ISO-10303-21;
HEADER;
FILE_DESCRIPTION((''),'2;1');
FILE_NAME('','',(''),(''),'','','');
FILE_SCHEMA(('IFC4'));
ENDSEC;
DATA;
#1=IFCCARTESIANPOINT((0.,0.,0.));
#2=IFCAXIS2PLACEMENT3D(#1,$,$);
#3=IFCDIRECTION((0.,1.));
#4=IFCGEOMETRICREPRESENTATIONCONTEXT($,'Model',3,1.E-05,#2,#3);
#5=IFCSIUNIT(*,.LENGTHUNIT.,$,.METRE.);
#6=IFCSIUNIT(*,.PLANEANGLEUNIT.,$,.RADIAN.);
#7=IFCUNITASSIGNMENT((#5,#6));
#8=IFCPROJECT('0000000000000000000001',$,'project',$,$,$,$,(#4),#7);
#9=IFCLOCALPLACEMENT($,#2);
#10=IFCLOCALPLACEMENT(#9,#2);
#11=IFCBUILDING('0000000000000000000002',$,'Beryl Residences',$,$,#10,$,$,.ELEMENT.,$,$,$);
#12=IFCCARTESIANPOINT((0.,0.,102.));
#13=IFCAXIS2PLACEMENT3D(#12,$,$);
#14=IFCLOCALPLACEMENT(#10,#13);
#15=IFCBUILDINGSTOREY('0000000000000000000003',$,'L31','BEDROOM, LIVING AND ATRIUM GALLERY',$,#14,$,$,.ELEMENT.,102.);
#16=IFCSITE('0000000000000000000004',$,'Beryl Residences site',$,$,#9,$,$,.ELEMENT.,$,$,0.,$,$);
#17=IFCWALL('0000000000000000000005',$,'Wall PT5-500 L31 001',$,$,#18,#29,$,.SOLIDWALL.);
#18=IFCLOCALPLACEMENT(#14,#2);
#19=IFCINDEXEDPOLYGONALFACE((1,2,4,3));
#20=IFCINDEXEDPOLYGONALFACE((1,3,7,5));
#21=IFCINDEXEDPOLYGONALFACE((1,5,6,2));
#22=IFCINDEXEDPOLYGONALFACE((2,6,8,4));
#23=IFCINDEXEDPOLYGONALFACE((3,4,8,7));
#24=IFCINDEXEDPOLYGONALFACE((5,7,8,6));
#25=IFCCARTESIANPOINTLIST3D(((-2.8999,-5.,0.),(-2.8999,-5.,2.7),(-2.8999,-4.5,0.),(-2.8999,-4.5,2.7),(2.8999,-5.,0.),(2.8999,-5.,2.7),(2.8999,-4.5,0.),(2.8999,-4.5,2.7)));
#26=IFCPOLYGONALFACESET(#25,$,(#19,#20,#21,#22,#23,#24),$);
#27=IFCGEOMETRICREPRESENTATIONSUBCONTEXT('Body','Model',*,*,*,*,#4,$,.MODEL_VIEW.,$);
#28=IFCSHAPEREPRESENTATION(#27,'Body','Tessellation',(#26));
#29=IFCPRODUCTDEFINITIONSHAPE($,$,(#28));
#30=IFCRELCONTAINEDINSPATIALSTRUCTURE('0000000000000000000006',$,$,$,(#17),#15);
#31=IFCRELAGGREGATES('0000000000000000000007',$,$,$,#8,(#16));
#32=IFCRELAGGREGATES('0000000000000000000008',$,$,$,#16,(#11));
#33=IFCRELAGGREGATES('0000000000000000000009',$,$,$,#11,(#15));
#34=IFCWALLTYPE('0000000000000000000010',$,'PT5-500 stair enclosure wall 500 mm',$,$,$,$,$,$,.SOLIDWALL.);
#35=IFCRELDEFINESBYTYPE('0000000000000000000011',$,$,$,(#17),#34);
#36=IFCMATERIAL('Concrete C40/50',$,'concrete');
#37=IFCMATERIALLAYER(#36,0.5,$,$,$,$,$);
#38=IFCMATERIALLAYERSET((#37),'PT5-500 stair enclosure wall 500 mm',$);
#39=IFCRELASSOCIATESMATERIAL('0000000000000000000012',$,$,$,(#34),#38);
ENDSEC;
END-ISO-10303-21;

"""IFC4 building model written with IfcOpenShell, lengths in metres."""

from ifc_helpers import new_model, si_unit, direction, frame, frame_2d, origin, place, context, subcontext, project, spatial, rectangle, extrude, material, layer, layer_set, type_object, element, save


model = new_model("IFC4")

# Units and contexts
model_context = context("Model", 3, precision=1e-05, world=origin(), true_north=direction((0.0, 1.0)))
body_context = subcontext(model_context, "Body", "Model", "MODEL_VIEW")
ifc_project = project(units=[si_unit("LENGTHUNIT", "METRE"), si_unit("PLANEANGLEUNIT", "RADIAN")], contexts=[model_context])

# Site, building, storey
site_placement = place(None, origin())
site = spatial("IfcSite", under=ifc_project, at=site_placement, Name="Beryl Residences site", CompositionType="ELEMENT", RefElevation=0.0)
building_placement = place(site_placement, origin())
building = spatial("IfcBuilding", under=site, at=building_placement, Name="Beryl Residences", CompositionType="ELEMENT")
storey_placement = place(building_placement, frame((0.0, 0.0, 102.0)))
storey = spatial("IfcBuildingStorey", under=building, at=storey_placement, Name="L31", Description="BEDROOM, LIVING AND ATRIUM GALLERY", CompositionType="ELEMENT", Elevation=102.0)

# Wall
ifc_material_1 = material(Name="Concrete C40/50", Category="concrete")
ifc_layer_1 = layer(ifc_material_1, 0.5)
ifc_layer_set_1 = layer_set([ifc_layer_1], Name="PT5-500 stair enclosure wall 500 mm")
wall_type_1 = type_object("IfcWallType", Name="PT5-500 stair enclosure wall 500 mm", PredefinedType="SOLIDWALL", material=ifc_layer_set_1)
wall_1_placement = place(storey_placement, frame((-2.8999, -4.75, 0.0), z_axis=(0.0, 0.0, 1.0), x_axis=(1.0, 0.0, 0.0)))
element("IfcWall", 1, at=wall_1_placement, inside=storey, type_object=wall_type_1, Name="Wall PT5-500 L31 001", PredefinedType="SOLIDWALL", context=body_context, shape_type="SweptSolid", body=[
    extrude(rectangle(XDim=5.7998, YDim=0.5, at=frame_2d((2.8999, 0.0))), origin(), (0.0, 0.0, 1.0), 2.7),
])

save(model, "model.ifc")
